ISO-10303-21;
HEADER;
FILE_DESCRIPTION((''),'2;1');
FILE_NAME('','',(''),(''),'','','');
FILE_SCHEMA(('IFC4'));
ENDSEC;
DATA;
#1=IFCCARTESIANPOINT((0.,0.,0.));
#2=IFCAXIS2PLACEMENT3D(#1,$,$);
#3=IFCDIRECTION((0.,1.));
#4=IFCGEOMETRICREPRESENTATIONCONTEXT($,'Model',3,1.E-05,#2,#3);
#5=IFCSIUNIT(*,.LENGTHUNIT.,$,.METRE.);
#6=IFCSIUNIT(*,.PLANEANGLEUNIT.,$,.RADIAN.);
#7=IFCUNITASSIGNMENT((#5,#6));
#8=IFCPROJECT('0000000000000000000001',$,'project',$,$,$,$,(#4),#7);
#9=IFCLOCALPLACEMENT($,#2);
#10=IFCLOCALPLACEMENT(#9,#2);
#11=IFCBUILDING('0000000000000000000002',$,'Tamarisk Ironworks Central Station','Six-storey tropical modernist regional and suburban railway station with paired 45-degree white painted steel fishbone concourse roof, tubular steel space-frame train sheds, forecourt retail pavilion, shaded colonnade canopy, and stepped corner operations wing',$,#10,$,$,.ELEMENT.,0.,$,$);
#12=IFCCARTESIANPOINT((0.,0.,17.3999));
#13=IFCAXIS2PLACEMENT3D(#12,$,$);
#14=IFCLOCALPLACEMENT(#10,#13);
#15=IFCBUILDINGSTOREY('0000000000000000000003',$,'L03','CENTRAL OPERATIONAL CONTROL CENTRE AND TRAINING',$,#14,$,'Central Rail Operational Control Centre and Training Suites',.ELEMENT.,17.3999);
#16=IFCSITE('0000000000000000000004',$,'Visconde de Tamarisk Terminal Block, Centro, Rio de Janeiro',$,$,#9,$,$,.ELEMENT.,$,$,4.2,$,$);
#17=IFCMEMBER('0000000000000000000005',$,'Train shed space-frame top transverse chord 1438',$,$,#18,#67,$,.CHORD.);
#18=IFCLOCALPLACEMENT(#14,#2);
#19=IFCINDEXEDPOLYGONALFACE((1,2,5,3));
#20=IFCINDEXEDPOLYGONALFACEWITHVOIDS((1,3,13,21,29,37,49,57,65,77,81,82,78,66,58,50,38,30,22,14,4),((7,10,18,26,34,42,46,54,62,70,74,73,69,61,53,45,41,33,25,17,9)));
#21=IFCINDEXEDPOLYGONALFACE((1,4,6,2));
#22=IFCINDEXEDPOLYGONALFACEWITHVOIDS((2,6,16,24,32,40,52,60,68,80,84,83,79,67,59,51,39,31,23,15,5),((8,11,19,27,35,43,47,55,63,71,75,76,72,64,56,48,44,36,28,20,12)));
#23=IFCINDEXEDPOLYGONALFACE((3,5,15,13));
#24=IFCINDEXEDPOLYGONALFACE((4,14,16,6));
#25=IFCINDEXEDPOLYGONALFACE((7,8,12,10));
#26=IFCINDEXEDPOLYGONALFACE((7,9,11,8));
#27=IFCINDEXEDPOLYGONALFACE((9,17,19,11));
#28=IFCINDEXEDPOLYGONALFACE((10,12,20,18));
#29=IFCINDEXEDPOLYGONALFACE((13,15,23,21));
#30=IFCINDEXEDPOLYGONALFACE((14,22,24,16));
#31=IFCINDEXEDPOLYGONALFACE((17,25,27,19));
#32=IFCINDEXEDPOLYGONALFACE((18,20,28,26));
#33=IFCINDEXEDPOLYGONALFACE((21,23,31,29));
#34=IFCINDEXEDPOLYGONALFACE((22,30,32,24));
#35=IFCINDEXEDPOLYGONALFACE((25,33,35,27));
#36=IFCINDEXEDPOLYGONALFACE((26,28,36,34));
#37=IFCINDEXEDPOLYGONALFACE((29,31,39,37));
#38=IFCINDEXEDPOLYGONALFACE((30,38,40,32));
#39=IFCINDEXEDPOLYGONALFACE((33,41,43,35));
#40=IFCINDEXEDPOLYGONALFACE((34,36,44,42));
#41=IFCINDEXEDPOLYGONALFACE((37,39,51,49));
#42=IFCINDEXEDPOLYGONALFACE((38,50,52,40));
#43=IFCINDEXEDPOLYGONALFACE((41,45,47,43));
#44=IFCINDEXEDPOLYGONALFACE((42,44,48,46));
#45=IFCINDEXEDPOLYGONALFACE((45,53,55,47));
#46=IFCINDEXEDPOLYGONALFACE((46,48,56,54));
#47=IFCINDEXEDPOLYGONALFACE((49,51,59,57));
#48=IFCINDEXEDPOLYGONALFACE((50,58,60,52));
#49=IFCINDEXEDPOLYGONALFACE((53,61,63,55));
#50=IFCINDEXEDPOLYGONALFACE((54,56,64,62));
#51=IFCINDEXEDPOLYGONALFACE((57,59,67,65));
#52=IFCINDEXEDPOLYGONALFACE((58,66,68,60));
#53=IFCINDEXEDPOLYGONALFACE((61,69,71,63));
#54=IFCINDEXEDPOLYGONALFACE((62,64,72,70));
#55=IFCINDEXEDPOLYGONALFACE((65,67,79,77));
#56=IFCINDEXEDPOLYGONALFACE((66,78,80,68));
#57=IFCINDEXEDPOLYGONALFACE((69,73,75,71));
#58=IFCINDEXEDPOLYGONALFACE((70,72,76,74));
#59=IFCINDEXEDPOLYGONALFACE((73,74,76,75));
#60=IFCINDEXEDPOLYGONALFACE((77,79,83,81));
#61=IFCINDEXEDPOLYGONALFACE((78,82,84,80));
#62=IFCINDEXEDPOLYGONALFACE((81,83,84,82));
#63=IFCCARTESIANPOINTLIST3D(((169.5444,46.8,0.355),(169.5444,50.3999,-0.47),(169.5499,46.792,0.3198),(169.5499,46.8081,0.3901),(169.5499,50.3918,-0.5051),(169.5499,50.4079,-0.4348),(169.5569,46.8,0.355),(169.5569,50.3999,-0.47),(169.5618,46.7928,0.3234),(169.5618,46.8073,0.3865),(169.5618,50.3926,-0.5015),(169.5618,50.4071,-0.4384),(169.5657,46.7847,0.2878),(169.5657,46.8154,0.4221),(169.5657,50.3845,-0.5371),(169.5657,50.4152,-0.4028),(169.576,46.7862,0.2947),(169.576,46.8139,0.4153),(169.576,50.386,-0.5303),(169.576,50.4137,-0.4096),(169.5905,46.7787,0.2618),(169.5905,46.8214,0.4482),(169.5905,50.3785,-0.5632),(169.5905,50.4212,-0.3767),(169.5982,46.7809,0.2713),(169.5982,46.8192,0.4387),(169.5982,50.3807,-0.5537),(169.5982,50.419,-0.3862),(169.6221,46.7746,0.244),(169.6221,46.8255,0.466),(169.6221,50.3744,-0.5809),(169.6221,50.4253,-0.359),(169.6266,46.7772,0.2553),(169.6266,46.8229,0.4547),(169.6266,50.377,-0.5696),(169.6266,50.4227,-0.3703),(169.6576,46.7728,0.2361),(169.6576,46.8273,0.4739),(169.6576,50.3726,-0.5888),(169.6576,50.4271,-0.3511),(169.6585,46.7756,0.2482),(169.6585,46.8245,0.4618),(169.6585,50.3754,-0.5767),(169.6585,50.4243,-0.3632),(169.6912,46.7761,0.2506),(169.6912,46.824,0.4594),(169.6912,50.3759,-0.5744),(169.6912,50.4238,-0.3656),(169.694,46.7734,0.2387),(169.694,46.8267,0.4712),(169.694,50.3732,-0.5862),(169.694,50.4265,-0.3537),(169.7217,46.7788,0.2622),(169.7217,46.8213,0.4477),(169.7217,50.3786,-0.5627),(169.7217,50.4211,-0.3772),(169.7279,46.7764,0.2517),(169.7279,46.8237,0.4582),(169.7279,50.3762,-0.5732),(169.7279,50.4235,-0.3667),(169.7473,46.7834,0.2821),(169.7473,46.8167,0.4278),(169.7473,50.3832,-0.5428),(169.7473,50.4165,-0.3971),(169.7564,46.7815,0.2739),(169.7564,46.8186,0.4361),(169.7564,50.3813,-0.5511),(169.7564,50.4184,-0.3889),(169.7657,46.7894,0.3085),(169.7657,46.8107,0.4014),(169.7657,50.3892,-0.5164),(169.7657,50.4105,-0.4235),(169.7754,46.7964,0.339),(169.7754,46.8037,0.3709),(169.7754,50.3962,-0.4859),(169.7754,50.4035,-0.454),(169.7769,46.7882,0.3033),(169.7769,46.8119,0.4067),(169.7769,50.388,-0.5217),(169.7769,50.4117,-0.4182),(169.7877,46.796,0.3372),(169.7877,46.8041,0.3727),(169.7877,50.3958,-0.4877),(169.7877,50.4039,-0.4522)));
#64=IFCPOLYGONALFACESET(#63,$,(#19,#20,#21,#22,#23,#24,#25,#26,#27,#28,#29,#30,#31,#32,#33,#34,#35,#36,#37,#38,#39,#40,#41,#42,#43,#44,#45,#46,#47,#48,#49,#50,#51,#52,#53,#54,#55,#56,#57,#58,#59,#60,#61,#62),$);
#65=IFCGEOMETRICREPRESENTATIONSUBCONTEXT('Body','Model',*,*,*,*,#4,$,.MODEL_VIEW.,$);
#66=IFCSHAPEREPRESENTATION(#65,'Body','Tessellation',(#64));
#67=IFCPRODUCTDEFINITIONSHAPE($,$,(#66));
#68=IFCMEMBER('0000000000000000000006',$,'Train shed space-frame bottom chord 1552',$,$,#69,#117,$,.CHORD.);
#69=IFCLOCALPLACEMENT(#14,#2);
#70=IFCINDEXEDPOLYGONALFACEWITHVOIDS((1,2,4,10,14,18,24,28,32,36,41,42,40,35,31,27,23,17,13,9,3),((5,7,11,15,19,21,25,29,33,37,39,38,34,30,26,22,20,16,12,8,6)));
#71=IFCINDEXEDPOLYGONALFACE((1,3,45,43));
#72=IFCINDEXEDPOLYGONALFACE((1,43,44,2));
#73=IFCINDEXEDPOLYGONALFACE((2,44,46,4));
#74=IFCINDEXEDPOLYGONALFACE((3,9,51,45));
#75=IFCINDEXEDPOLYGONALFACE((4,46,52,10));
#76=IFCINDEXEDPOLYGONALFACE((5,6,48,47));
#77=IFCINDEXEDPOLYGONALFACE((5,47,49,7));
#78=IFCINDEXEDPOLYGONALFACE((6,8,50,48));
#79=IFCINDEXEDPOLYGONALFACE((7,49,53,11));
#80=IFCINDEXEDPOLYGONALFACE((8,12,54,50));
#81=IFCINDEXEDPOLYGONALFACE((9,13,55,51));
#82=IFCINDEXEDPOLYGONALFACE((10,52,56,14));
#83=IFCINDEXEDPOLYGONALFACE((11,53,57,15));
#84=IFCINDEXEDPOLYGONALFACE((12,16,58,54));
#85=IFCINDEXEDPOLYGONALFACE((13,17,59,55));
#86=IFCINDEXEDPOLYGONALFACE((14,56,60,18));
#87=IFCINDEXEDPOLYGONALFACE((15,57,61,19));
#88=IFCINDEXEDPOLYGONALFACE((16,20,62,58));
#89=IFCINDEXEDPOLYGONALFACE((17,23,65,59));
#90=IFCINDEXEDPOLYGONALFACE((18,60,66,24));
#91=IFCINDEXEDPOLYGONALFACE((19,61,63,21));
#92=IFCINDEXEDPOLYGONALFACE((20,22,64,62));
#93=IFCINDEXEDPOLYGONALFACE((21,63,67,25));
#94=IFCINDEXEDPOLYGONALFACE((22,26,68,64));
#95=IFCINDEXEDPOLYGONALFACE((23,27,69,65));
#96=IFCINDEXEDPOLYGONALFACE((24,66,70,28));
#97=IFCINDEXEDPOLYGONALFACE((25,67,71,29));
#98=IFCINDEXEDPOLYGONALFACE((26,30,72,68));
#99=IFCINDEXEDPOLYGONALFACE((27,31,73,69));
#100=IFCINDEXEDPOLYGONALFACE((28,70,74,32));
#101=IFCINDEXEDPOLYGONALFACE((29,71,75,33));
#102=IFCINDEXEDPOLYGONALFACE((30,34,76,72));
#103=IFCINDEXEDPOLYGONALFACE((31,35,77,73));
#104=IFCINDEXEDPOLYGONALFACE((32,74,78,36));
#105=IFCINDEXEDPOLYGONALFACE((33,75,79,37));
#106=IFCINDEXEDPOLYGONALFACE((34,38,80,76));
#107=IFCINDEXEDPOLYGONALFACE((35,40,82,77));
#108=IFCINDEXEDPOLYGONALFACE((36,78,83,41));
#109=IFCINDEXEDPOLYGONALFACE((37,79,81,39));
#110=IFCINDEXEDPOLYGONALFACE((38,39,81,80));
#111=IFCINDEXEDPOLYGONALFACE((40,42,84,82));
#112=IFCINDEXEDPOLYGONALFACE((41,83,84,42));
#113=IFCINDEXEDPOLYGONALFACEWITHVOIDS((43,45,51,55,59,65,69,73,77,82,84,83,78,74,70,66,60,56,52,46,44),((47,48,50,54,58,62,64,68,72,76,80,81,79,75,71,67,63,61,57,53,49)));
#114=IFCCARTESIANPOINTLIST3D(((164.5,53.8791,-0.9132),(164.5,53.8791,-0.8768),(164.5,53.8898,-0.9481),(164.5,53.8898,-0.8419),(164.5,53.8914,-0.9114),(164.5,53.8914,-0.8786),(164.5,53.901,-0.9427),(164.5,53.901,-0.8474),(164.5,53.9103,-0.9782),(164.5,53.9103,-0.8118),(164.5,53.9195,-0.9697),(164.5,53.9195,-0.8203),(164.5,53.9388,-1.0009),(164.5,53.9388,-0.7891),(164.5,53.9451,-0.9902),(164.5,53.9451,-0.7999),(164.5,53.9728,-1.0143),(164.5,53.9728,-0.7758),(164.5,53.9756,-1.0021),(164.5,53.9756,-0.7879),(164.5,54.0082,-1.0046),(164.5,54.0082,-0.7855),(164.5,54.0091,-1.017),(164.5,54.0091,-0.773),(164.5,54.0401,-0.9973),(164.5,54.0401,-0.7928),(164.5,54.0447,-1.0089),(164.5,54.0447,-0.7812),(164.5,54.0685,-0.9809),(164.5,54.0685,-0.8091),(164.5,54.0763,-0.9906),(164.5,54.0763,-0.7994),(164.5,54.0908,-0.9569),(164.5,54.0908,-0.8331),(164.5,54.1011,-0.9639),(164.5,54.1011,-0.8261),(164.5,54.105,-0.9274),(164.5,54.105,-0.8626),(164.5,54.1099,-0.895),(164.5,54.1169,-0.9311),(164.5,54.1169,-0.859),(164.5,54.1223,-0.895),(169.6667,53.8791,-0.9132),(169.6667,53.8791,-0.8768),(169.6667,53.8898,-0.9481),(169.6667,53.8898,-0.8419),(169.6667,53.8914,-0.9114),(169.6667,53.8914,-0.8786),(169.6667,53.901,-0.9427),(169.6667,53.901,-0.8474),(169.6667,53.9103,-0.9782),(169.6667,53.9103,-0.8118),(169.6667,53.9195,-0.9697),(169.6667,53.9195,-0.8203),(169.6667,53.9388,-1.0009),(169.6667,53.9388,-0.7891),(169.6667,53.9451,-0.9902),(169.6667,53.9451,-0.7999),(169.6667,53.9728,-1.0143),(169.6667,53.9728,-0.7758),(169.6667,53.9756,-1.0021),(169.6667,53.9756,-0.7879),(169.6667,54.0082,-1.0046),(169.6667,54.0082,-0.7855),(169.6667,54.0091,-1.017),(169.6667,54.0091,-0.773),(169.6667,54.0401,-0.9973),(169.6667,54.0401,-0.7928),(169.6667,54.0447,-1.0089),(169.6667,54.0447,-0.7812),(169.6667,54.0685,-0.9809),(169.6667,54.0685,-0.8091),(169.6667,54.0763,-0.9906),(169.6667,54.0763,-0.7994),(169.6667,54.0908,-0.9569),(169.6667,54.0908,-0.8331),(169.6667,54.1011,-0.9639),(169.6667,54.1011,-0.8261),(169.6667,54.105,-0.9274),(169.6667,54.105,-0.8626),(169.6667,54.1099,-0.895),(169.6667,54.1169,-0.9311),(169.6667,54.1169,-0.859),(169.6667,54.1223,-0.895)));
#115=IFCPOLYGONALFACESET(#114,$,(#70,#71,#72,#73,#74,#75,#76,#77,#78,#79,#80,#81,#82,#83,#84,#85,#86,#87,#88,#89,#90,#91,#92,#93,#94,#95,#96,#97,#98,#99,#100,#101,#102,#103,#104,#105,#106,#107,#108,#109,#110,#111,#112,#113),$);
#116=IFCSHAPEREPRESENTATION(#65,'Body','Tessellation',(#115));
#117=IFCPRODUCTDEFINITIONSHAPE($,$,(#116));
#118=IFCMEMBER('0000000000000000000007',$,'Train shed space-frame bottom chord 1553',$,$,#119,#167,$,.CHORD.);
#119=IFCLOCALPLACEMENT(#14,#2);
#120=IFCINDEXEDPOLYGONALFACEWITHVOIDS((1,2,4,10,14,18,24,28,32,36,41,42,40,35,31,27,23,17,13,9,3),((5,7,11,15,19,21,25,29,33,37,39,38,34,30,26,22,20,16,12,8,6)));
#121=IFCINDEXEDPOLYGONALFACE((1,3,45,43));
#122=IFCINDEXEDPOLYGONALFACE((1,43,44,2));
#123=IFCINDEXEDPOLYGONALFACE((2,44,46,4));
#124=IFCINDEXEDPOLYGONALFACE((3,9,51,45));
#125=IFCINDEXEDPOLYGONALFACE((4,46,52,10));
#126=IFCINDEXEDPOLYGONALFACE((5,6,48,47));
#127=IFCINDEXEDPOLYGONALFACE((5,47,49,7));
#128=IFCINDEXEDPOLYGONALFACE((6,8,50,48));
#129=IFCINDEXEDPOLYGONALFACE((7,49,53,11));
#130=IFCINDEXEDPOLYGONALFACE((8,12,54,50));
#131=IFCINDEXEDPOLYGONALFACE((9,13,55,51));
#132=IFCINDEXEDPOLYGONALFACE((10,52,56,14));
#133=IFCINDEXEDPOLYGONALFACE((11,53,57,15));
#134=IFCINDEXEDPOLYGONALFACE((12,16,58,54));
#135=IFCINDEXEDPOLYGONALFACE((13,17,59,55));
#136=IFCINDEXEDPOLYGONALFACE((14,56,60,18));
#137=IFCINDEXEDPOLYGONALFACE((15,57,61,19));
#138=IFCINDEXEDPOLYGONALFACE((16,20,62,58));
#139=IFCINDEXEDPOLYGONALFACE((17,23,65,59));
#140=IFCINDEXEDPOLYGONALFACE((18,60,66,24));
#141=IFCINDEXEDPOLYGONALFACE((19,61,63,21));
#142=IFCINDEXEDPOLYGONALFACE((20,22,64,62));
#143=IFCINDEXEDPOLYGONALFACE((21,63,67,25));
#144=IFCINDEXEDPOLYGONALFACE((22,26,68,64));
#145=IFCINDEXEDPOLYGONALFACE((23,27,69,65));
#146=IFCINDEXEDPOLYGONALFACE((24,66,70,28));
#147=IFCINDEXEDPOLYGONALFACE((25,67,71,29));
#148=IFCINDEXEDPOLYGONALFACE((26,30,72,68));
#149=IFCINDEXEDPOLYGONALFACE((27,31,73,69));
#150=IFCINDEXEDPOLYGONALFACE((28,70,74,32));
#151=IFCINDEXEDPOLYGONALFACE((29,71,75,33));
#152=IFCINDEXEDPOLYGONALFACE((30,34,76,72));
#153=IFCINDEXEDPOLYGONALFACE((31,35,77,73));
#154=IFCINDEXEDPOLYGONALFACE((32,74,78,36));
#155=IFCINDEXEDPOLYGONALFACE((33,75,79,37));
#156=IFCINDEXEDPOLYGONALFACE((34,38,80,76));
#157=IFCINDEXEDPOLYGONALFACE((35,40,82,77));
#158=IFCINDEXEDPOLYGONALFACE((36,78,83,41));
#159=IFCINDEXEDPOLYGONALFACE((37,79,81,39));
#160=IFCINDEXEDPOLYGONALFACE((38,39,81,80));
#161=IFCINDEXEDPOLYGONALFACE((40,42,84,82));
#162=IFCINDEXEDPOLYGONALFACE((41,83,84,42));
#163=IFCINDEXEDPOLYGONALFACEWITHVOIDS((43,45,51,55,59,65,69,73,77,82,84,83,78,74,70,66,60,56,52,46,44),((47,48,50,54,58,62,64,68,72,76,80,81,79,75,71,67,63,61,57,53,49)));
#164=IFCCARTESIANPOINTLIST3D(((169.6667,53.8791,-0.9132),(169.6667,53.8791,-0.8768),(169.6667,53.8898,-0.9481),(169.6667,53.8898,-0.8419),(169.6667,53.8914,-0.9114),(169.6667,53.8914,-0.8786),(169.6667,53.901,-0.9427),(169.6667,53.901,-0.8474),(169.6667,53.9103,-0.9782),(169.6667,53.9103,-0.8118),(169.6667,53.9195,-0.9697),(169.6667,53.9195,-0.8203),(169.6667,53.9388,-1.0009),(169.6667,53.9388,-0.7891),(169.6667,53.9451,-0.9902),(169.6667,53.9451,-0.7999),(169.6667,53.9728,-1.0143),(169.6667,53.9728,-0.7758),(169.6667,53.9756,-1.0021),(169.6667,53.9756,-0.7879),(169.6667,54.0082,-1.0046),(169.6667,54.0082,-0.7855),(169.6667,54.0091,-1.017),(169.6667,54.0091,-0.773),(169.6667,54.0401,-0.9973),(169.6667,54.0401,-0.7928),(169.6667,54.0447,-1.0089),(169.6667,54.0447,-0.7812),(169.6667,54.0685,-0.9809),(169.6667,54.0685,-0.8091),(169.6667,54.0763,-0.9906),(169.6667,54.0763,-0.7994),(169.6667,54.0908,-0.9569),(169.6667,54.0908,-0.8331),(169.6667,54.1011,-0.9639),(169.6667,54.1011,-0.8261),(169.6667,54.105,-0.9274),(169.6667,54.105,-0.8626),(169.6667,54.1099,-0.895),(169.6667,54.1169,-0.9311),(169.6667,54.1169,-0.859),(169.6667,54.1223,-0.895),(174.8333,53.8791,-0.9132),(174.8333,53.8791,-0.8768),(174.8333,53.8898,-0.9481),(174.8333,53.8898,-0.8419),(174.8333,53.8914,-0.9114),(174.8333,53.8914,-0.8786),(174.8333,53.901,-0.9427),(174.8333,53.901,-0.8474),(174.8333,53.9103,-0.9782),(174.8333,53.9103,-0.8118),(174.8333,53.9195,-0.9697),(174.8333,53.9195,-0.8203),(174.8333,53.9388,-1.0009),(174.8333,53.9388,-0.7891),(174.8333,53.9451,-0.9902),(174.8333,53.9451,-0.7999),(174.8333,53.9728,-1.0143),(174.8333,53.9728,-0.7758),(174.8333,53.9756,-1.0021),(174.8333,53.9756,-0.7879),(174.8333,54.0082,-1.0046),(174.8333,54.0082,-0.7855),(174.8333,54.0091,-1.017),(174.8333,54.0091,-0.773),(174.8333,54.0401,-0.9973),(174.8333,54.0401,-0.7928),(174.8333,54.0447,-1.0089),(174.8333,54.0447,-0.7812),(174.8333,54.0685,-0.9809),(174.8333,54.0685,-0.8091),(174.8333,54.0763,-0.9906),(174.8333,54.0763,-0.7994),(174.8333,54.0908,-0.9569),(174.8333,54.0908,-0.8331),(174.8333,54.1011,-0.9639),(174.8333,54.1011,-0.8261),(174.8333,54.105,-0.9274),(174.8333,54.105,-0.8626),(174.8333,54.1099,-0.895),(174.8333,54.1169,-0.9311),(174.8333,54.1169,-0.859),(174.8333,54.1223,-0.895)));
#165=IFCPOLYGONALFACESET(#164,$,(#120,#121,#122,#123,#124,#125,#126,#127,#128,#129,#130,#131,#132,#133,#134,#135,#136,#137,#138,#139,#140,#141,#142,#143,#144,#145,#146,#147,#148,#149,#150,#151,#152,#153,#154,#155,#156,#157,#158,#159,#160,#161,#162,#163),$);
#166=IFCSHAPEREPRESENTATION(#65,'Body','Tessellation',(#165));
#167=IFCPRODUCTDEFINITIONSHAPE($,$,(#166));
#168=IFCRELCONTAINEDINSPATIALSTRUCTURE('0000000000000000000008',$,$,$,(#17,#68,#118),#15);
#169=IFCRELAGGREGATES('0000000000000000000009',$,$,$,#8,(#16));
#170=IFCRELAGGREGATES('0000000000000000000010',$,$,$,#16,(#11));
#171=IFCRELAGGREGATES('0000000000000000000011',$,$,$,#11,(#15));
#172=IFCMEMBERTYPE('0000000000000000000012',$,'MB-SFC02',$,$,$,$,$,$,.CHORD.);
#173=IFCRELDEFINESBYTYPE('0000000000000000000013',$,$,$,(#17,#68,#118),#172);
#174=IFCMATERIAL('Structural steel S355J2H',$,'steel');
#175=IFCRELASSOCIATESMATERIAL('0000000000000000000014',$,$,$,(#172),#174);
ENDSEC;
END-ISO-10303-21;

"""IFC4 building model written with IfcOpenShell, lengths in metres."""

from ifc_helpers import new_model, si_unit, direction, frame, origin, origin_2d, place, context, subcontext, project, spatial, hollow_circle, extrude, material, material_profile, profile_set, type_object, element, save


model = new_model("IFC4")

# Units and contexts
model_context = context("Model", 3, precision=1e-05, world=origin(), true_north=direction((0.0, 1.0)))
body_context = subcontext(model_context, "Body", "Model", "MODEL_VIEW")
ifc_project = project(units=[si_unit("LENGTHUNIT", "METRE"), si_unit("PLANEANGLEUNIT", "RADIAN")], contexts=[model_context])

# Site, building, storey
site_placement = place(None, origin())
site = spatial("IfcSite", under=ifc_project, at=site_placement, Name="Visconde de Tamarisk Terminal Block, Centro, Rio de Janeiro", CompositionType="ELEMENT", RefElevation=4.2)
building_placement = place(site_placement, origin())
building = spatial("IfcBuilding", under=site, at=building_placement, Name="Tamarisk Ironworks Central Station", Description="Six-storey tropical modernist regional and suburban railway station with paired 45-degree white painted steel fishbone concourse roof, tubular steel space-frame train sheds, forecourt retail pavilion, shaded colonnade canopy, and stepped corner operations wing", CompositionType="ELEMENT", ElevationOfRefHeight=0.0)
storey_placement = place(building_placement, frame((0.0, 0.0, 17.3999)))
storey = spatial("IfcBuildingStorey", under=building, at=storey_placement, Name="L03", Description="CENTRAL OPERATIONAL CONTROL CENTRE AND TRAINING", LongName="Central Rail Operational Control Centre and Training Suites", CompositionType="ELEMENT", Elevation=17.3999)

# Members
ifc_material_1 = material(Name="Structural steel S355J2H", Category="steel")
ifc_material_profile_1 = material_profile(ifc_material_1, hollow_circle(Radius=0.1223, WallThickness=0.0125, at=origin_2d()), Name="CHS 244.5x12.5")
ifc_profile_set_1 = profile_set([ifc_material_profile_1], Name="Structural steel S355J2H")
member_type_1 = type_object("IfcMemberType", Name="MB-SFC02", PredefinedType="CHORD", material=ifc_profile_set_1)
member_1_placement = place(storey_placement, frame((169.6667, 46.8, 0.355), z_axis=(0.0, 0.974733, -0.223372), x_axis=(-1.0, 0.0, 0.0)))
element("IfcMember", 1, at=member_1_placement, inside=storey, type_object=member_type_1, Name="Train shed space-frame top transverse chord 1438", PredefinedType="CHORD", context=body_context, shape_type="SweptSolid", body=[
    extrude(hollow_circle(Radius=0.1223, WallThickness=0.0125, at=origin_2d()), origin(), (0.0, 0.0, 1.0), 3.6931),
])
member_2_placement = place(storey_placement, frame((164.5, 54.0, -0.895), z_axis=(1.0, 0.0, 0.0), x_axis=(0.0, 1.0, 0.0)))
element("IfcMember", 2, at=member_2_placement, inside=storey, type_object=member_type_1, Name="Train shed space-frame bottom chord 1552", PredefinedType="CHORD", context=body_context, shape_type="SweptSolid", body=[
    extrude(hollow_circle(Radius=0.1223, WallThickness=0.0125, at=origin_2d()), origin(), (0.0, 0.0, 1.0), 5.1667),
])
member_3_placement = place(storey_placement, frame((169.6667, 54.0, -0.895), z_axis=(1.0, 0.0, 0.0), x_axis=(0.0, 1.0, 0.0)))
element("IfcMember", 3, at=member_3_placement, inside=storey, type_object=member_type_1, Name="Train shed space-frame bottom chord 1553", PredefinedType="CHORD", context=body_context, shape_type="SweptSolid", body=[
    extrude(hollow_circle(Radius=0.1223, WallThickness=0.0125, at=origin_2d()), origin(), (0.0, 0.0, 1.0), 5.1665),
])

save(model, "model.ifc")
